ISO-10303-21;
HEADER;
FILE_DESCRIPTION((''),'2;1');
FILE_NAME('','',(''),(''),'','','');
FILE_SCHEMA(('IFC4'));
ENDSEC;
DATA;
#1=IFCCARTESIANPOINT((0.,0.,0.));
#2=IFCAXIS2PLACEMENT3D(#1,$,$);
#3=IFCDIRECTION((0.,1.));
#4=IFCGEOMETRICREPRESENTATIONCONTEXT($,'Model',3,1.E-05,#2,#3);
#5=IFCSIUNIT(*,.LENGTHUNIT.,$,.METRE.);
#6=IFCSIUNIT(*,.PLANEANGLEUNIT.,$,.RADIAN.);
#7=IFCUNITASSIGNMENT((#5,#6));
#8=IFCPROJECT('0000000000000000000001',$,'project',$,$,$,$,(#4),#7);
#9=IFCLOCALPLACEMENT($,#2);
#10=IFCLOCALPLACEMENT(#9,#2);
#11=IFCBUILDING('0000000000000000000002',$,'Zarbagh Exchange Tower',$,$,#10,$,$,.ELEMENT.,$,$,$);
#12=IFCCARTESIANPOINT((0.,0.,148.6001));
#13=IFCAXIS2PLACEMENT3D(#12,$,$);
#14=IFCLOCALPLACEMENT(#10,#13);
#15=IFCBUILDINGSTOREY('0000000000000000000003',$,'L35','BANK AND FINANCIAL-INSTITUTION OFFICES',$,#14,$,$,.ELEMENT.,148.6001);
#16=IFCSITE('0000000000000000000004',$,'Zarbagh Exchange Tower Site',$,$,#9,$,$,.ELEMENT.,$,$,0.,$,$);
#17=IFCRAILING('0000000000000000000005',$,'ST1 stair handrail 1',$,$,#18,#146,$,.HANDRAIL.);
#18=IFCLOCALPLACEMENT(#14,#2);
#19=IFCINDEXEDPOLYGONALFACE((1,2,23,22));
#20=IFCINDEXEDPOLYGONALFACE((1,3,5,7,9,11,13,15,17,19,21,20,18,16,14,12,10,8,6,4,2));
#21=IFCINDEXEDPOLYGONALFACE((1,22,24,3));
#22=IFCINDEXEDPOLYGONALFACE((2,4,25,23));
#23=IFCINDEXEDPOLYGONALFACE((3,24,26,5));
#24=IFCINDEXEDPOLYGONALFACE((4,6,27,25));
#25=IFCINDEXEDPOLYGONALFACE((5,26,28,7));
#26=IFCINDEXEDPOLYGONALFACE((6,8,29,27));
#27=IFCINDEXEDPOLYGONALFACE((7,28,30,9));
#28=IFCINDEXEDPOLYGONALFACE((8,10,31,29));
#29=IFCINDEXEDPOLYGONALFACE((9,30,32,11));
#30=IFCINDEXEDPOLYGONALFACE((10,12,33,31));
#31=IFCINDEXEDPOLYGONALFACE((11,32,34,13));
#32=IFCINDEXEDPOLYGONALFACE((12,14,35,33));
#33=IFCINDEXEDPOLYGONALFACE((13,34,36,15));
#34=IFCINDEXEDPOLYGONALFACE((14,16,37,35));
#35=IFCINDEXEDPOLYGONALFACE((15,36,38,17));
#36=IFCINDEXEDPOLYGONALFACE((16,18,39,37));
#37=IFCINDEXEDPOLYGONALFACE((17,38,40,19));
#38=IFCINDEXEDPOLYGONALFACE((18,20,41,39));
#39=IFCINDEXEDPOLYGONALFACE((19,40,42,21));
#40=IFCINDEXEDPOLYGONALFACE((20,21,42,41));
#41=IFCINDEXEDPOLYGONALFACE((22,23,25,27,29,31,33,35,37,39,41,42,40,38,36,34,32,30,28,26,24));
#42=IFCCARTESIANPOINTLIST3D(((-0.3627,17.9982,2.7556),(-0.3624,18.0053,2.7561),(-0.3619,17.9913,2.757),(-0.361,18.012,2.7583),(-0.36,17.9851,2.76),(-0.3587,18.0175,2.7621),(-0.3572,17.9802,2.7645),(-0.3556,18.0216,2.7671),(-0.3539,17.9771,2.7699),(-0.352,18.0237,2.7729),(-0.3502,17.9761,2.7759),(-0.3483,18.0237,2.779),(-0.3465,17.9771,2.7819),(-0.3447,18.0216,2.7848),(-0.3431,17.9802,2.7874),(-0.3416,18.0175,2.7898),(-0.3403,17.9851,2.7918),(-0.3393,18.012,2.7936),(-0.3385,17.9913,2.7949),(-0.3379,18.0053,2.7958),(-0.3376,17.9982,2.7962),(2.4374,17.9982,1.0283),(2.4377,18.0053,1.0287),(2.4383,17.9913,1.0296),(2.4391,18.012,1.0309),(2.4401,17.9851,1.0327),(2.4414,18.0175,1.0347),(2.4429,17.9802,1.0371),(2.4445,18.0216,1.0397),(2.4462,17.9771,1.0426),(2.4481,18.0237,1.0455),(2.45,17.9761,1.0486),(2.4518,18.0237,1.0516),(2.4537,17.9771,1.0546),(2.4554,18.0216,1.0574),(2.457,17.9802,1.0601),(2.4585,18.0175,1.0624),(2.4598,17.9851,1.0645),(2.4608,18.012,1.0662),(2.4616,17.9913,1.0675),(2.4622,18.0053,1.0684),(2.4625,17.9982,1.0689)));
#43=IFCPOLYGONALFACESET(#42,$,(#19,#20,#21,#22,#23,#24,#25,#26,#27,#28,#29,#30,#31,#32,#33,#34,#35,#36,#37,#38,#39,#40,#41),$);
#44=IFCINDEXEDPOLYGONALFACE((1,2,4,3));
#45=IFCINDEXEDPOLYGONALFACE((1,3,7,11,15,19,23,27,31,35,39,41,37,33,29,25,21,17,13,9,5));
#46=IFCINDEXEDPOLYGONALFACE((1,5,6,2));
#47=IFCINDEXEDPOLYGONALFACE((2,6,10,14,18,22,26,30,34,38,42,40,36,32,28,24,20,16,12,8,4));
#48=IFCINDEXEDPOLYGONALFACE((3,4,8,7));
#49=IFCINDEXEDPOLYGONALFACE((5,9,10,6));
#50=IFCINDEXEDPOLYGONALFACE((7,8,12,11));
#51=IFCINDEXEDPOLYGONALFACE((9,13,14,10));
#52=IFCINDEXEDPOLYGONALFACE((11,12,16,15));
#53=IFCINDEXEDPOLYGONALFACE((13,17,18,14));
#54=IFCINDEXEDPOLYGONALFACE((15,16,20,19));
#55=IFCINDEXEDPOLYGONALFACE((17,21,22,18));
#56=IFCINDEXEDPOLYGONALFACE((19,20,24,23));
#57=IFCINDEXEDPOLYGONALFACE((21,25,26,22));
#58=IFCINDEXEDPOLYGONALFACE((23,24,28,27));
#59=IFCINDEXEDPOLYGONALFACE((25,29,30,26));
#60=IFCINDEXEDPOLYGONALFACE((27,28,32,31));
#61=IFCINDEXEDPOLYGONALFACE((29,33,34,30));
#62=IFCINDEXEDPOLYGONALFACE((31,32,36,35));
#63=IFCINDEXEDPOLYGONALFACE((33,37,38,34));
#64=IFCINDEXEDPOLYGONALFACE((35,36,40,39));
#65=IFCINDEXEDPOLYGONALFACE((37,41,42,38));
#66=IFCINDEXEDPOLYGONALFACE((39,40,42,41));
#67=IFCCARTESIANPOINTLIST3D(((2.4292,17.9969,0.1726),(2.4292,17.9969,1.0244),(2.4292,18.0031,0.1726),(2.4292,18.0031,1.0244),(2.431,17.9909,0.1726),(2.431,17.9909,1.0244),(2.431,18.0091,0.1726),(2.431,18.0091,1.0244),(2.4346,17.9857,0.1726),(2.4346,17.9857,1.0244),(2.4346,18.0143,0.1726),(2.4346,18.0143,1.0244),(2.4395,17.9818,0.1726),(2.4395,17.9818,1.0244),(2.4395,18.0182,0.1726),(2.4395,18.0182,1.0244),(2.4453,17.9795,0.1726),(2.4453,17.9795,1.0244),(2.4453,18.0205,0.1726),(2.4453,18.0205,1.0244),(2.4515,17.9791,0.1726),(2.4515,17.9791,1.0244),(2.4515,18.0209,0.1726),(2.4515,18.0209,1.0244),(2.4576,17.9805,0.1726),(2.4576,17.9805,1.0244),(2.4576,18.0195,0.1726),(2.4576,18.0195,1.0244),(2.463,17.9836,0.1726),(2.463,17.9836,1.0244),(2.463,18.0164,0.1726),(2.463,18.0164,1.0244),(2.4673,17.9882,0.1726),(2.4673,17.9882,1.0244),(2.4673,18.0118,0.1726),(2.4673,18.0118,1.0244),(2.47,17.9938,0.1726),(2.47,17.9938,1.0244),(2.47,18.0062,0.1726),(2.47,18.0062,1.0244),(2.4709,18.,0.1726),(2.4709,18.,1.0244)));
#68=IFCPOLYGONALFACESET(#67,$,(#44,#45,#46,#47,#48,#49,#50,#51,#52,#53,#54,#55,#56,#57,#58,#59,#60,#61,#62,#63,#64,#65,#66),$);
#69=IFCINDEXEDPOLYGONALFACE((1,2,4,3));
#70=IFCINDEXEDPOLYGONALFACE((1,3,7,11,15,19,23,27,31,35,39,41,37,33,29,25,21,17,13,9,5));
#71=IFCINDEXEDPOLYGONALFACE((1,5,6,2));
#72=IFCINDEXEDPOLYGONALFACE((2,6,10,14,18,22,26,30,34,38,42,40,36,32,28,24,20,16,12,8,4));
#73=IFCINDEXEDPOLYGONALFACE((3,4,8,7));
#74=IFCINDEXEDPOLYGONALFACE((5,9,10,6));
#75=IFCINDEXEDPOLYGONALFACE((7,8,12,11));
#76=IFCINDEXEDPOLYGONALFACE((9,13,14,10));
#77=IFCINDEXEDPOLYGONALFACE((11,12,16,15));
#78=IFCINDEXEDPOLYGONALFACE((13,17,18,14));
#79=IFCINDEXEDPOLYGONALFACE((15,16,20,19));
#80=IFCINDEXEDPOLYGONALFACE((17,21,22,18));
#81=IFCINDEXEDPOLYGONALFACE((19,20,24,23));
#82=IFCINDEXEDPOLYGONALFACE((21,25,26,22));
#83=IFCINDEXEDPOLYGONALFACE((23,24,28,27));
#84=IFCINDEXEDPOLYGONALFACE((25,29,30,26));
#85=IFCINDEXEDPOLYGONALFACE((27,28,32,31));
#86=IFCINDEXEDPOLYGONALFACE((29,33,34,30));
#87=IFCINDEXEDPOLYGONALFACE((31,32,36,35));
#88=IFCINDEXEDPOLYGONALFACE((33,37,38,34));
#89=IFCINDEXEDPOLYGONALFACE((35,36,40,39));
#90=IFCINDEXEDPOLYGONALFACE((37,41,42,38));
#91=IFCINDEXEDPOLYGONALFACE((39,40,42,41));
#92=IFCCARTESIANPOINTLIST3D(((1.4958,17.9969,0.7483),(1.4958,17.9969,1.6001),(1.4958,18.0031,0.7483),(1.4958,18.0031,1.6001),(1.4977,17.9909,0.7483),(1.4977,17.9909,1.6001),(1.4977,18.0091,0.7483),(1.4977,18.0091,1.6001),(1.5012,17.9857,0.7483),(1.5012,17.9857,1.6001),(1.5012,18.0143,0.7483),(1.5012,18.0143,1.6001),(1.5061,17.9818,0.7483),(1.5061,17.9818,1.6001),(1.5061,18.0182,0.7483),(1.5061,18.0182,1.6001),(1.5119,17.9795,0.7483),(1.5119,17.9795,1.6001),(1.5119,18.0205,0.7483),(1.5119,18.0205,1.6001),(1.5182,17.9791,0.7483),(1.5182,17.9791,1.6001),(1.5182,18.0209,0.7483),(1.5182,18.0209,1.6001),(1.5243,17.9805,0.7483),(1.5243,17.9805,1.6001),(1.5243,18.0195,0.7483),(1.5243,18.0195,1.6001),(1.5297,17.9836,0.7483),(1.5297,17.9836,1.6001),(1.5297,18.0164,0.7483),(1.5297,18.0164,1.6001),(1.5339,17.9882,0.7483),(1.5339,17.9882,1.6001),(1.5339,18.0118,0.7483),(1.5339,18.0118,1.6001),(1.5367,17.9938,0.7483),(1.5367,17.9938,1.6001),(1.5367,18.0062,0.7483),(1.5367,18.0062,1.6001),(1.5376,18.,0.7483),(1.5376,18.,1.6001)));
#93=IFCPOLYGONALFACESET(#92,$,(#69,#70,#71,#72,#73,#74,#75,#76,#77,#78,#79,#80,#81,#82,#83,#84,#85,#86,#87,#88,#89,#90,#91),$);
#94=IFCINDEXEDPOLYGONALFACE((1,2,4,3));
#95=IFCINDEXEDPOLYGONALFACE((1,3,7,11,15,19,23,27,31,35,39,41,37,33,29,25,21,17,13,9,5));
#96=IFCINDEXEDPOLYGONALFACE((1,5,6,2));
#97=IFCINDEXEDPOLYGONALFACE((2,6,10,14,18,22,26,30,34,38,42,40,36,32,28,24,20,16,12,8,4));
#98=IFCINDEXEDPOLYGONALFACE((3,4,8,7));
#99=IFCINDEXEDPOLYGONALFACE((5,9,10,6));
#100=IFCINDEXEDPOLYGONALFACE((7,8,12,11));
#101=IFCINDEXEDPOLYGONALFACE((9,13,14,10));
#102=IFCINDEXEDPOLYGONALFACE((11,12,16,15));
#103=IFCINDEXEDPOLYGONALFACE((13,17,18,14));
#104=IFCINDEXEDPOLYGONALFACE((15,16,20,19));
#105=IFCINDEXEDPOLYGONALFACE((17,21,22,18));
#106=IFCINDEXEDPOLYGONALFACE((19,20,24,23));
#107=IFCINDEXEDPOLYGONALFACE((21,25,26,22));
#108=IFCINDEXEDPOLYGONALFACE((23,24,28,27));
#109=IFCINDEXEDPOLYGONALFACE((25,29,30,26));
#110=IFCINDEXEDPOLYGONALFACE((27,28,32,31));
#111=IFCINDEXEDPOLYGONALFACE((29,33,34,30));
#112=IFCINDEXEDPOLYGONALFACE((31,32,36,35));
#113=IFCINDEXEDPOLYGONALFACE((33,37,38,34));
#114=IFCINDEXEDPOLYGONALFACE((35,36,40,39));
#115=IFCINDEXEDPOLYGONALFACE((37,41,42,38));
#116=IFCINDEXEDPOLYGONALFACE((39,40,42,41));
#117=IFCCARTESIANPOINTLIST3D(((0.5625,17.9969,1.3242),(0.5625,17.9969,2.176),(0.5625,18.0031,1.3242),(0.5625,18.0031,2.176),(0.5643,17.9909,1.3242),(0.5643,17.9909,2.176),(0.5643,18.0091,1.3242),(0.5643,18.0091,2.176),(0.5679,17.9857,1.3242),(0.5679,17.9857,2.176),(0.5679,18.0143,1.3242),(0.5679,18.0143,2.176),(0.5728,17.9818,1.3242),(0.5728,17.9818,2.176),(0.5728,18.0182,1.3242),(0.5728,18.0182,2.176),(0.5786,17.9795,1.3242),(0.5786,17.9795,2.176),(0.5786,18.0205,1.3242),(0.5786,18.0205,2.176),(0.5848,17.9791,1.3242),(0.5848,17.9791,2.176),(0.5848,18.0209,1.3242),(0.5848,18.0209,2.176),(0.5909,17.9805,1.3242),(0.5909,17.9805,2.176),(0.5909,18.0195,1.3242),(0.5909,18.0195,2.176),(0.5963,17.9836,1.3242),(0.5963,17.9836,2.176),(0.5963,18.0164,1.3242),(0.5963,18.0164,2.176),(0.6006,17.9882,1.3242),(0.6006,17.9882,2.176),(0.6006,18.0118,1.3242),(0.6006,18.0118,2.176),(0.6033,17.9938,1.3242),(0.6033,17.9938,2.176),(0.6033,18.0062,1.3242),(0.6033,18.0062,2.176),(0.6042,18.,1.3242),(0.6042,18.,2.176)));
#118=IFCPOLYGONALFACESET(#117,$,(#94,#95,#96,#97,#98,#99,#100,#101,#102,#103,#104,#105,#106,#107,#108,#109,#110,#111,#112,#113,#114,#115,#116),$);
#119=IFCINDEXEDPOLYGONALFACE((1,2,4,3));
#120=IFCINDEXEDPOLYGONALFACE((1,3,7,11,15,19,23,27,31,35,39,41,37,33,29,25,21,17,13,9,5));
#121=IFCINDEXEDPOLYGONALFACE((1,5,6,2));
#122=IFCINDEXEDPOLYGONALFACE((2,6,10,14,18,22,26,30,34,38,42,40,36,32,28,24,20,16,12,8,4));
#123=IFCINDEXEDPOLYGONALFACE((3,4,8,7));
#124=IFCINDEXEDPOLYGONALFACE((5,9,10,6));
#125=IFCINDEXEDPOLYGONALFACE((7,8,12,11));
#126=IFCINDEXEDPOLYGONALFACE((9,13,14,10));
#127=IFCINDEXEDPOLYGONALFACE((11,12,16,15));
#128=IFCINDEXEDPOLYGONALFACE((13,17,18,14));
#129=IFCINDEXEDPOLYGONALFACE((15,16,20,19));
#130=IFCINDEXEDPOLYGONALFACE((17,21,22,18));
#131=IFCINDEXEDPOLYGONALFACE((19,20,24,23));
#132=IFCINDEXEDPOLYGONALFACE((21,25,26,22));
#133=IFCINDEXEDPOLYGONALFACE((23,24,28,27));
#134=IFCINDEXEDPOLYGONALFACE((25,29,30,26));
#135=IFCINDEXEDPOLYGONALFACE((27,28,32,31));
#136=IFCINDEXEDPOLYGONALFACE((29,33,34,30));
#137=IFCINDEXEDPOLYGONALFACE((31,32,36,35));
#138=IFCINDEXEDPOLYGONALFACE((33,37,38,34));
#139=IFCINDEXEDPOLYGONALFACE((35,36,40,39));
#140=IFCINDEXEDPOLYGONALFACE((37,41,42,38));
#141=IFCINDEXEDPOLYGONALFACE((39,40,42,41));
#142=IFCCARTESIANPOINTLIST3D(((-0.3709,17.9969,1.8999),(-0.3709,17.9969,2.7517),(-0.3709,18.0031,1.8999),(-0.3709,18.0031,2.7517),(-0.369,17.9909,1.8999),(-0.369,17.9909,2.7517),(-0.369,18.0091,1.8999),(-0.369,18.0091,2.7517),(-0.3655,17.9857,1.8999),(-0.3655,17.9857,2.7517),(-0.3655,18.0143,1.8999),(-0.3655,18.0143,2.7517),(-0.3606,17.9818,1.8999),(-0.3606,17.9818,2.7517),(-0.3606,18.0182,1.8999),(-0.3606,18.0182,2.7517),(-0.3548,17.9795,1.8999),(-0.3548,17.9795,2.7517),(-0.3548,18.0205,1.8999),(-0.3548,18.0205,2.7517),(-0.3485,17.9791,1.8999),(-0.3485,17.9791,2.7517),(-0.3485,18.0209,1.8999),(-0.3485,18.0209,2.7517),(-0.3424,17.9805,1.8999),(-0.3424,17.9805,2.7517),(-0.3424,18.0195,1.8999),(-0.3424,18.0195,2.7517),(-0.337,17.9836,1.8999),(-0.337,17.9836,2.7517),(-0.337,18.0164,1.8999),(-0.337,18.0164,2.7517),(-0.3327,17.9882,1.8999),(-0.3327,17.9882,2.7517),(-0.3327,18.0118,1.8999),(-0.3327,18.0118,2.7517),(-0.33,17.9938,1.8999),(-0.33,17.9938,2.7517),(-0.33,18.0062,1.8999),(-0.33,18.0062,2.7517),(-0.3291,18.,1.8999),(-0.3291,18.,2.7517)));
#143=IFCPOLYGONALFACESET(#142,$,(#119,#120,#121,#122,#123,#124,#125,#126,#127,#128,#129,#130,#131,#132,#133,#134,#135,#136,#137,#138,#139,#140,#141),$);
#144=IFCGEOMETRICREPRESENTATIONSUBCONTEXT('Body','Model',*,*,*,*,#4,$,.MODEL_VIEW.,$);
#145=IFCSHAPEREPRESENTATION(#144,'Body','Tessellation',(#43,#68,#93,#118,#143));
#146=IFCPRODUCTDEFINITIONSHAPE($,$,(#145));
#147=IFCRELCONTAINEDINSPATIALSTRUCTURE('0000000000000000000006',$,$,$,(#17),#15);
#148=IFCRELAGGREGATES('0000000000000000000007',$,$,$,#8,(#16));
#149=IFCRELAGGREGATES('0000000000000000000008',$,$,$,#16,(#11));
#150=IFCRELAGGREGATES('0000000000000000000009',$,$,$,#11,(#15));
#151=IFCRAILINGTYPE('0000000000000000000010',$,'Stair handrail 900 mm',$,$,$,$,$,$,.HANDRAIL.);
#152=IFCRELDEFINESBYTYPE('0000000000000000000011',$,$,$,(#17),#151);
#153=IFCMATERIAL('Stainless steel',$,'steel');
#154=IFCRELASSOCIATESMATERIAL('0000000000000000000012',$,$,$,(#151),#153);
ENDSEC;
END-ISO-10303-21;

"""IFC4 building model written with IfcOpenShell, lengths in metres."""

from ifc_helpers import new_model, si_unit, direction, frame, origin, origin_2d, place, context, subcontext, project, spatial, circle, extrude, material, type_object, element, save


model = new_model("IFC4")

# Units and contexts
model_context = context("Model", 3, precision=1e-05, world=origin(), true_north=direction((0.0, 1.0)))
body_context = subcontext(model_context, "Body", "Model", "MODEL_VIEW")
ifc_project = project(units=[si_unit("LENGTHUNIT", "METRE"), si_unit("PLANEANGLEUNIT", "RADIAN")], contexts=[model_context])

# Site, building, storey
site_placement = place(None, origin())
site = spatial("IfcSite", under=ifc_project, at=site_placement, Name="Zarbagh Exchange Tower Site", CompositionType="ELEMENT", RefElevation=0.0)
building_placement = place(site_placement, origin())
building = spatial("IfcBuilding", under=site, at=building_placement, Name="Zarbagh Exchange Tower", CompositionType="ELEMENT")
storey_placement = place(building_placement, frame((0.0, 0.0, 148.6001)))
storey = spatial("IfcBuildingStorey", under=building, at=storey_placement, Name="L35", Description="BANK AND FINANCIAL-INSTITUTION OFFICES", CompositionType="ELEMENT", Elevation=148.6001)

# Shared definitions
ifc_material_1 = material(Name="Stainless steel", Category="steel")

# Railing
railing_type = type_object("IfcRailingType", Name="Stair handrail 900 mm", PredefinedType="HANDRAIL", material=ifc_material_1)
railing_placement = place(storey_placement, frame((2.45, 18.0, 0.1726)))
element("IfcRailing", 1, at=railing_placement, inside=storey, type_object=railing_type, Name="ST1 stair handrail 1", PredefinedType="HANDRAIL", context=body_context, shape_type="SweptSolid", body=[
    extrude(circle(Radius=0.0239, at=origin_2d()), frame((0.0, 0.0, 0.876), z_axis=(-0.85109, 0.0, 0.52502), x_axis=(0.0, -1.0, 0.0)), (0.0, 0.0, 1.0), 3.29),
    extrude(circle(Radius=0.021, at=origin_2d()), origin(), (0.0, 0.0, 1.0), 0.8518),
    extrude(circle(Radius=0.021, at=origin_2d()), frame((-0.9333, 0.0, 0.5757)), (0.0, 0.0, 1.0), 0.8518),
    extrude(circle(Radius=0.021, at=origin_2d()), frame((-1.8667, 0.0, 1.1516)), (0.0, 0.0, 1.0), 0.8518),
    extrude(circle(Radius=0.021, at=origin_2d()), frame((-2.8, 0.0, 1.7273)), (0.0, 0.0, 1.0), 0.8518),
])

save(model, "model.ifc")
